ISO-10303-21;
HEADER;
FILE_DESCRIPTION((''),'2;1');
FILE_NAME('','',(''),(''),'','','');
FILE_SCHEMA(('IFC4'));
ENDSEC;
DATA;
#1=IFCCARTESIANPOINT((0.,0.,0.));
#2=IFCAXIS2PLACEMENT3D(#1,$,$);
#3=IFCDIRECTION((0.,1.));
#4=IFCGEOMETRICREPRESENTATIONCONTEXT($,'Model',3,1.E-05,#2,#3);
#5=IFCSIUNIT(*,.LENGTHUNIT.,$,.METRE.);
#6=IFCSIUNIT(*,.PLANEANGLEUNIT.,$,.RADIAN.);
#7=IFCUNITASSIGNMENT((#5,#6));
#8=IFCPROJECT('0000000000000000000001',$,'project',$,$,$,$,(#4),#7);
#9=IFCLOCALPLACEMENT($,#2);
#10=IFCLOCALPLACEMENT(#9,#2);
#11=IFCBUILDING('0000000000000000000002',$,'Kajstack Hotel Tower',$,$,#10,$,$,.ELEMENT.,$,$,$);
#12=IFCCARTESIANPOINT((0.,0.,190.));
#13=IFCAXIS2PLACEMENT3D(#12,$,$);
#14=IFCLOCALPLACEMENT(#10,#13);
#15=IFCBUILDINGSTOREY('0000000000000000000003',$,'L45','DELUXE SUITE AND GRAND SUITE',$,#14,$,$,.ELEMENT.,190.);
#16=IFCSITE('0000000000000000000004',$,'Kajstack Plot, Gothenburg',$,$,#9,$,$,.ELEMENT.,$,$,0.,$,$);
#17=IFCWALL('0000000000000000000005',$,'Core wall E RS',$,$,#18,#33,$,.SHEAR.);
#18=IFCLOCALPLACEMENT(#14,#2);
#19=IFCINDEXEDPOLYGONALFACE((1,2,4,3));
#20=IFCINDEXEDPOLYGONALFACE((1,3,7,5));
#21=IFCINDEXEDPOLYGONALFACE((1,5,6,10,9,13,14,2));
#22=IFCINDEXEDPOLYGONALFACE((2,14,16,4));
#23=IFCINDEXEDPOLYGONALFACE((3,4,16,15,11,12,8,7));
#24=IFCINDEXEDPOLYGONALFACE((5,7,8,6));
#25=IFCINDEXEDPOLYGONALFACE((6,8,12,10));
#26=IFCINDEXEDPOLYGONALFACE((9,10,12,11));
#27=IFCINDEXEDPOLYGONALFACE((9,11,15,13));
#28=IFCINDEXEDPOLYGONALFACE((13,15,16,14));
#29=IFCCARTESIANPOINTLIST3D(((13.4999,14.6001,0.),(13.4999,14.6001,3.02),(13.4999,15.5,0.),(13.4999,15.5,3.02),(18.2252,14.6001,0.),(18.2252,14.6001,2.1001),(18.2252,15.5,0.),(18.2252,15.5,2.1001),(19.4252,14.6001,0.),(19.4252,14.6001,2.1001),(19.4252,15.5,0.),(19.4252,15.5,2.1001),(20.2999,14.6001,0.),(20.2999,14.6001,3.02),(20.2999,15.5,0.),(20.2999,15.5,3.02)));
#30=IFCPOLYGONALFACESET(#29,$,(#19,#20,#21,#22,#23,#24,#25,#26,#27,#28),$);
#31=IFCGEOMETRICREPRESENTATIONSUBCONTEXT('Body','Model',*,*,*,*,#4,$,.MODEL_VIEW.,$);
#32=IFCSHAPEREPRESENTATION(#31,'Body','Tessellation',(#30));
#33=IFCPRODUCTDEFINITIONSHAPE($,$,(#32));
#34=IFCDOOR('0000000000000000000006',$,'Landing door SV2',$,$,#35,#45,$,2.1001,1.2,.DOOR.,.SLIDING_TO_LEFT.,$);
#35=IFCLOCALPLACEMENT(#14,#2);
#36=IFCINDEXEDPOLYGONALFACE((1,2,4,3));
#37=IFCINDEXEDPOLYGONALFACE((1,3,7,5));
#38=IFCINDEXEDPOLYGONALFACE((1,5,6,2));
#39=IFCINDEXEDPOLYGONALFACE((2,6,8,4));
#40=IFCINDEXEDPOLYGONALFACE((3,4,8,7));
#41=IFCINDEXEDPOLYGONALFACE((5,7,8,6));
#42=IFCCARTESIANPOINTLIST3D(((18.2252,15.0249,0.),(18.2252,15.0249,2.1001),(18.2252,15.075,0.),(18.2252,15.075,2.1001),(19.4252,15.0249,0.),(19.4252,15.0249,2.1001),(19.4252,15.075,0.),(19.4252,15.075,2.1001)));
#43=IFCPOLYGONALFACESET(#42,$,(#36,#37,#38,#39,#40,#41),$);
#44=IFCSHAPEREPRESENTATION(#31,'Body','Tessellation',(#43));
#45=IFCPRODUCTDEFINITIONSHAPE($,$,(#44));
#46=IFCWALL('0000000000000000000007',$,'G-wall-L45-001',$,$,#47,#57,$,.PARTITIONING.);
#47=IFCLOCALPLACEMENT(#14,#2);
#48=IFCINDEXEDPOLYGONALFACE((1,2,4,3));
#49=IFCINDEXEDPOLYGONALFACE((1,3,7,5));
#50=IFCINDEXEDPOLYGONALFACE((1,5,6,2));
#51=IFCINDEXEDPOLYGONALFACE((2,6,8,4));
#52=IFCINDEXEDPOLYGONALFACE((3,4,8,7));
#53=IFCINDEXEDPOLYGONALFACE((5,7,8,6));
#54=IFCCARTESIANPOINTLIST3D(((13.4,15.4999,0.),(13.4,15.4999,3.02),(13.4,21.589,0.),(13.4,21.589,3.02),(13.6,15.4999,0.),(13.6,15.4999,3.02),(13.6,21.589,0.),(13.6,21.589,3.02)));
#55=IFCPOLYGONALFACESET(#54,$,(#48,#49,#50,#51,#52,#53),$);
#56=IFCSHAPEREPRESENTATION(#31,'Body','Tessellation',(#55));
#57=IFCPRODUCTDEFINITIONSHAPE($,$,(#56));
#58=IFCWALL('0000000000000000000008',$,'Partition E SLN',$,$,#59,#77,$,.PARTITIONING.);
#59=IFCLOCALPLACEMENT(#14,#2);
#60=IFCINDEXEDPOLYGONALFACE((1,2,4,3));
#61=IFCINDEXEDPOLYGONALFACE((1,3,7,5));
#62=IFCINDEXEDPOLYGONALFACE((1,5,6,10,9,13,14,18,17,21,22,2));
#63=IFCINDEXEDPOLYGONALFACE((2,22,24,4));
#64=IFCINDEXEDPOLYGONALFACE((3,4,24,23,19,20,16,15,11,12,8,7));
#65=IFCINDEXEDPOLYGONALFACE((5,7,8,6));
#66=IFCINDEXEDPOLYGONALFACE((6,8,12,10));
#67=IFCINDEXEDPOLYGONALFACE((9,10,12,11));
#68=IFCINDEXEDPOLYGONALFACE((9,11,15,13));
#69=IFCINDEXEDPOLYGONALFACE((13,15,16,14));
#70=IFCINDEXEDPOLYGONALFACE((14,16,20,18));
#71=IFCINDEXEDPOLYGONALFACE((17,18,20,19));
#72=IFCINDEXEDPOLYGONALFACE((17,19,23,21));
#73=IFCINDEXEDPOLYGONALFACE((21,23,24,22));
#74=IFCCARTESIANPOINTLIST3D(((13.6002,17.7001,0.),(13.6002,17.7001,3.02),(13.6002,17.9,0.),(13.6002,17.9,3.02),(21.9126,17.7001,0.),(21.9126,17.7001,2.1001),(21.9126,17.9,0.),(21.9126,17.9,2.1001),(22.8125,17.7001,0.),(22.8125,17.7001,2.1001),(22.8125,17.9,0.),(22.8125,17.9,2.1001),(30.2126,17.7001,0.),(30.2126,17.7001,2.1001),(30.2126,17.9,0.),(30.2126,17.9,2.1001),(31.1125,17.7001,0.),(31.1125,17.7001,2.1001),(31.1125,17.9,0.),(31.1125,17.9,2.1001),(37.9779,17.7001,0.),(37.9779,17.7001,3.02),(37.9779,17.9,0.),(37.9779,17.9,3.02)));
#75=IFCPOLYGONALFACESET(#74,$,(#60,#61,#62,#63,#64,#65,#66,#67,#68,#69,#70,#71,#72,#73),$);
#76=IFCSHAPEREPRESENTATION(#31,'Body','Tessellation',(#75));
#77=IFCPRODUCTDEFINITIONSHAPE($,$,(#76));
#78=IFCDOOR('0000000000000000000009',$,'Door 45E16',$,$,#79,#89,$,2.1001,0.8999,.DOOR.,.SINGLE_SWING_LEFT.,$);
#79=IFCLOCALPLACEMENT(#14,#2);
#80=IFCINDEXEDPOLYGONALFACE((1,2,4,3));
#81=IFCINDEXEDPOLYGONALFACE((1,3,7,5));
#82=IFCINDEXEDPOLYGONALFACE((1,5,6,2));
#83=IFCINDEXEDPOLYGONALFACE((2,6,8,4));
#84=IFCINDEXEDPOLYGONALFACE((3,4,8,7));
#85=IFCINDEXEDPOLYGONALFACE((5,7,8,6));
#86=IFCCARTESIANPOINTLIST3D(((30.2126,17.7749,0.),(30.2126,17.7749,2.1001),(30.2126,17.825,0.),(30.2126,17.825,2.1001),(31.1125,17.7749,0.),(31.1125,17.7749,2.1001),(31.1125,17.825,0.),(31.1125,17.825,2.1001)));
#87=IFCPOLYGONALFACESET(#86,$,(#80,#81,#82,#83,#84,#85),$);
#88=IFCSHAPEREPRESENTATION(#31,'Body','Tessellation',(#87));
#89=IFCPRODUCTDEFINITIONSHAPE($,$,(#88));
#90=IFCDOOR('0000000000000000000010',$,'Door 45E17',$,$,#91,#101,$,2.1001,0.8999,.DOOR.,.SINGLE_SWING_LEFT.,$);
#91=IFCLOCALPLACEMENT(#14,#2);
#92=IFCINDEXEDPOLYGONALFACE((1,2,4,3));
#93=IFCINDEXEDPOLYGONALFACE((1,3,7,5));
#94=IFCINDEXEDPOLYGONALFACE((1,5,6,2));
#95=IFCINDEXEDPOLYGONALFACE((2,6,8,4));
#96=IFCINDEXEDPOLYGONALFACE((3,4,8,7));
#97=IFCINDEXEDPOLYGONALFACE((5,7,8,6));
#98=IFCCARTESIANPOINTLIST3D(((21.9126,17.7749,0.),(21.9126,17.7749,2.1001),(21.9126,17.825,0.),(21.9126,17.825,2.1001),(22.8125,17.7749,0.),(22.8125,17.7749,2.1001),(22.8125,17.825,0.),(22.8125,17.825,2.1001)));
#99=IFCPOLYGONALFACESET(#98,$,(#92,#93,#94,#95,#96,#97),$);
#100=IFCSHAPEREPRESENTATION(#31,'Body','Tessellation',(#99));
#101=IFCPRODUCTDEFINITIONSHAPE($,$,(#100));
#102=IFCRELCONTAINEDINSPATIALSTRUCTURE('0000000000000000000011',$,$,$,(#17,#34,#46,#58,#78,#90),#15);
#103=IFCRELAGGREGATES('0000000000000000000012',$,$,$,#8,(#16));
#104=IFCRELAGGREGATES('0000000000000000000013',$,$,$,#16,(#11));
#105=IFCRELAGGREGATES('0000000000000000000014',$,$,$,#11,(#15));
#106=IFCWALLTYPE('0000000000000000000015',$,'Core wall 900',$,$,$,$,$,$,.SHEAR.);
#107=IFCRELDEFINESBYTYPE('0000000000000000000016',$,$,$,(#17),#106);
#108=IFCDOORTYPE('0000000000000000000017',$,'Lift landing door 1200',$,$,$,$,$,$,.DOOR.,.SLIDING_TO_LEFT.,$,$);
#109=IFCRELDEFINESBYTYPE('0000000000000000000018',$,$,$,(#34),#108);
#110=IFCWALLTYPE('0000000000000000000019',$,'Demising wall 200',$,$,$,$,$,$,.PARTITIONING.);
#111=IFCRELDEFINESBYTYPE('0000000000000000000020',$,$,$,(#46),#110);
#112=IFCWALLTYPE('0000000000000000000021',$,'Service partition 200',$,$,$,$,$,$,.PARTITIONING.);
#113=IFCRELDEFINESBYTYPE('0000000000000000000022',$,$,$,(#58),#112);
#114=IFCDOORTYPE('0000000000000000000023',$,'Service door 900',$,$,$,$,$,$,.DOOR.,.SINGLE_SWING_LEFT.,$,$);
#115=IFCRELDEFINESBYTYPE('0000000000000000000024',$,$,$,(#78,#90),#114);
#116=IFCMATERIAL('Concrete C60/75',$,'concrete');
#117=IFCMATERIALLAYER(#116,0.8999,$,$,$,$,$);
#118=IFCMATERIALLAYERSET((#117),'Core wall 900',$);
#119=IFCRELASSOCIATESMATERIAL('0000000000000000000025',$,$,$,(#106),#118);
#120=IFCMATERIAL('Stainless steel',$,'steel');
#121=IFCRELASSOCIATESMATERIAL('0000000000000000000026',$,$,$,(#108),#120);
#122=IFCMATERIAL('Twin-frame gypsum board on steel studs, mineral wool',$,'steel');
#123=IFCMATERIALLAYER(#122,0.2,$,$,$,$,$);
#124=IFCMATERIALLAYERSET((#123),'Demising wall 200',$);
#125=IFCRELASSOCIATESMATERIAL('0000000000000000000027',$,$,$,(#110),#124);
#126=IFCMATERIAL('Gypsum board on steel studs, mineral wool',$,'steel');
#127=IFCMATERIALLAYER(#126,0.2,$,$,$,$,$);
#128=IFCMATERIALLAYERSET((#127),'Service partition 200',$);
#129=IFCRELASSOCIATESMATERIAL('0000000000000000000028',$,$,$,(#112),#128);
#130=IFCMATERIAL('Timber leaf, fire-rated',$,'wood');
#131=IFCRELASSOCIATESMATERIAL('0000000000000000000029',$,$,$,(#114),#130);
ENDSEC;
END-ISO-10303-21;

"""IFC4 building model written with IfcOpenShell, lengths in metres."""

from ifc_helpers import new_model, si_unit, direction, frame, frame_2d, origin, place, context, subcontext, project, spatial, rectangle, extrude, material, layer, layer_set, type_object, element, fill, save


model = new_model("IFC4")

# Units and contexts
model_context = context("Model", 3, precision=1e-05, world=origin(), true_north=direction((0.0, 1.0)))
body_context = subcontext(model_context, "Body", "Model", "MODEL_VIEW")
ifc_project = project(units=[si_unit("LENGTHUNIT", "METRE"), si_unit("PLANEANGLEUNIT", "RADIAN")], contexts=[model_context])

# Site, building, storey
site_placement = place(None, origin())
site = spatial("IfcSite", under=ifc_project, at=site_placement, Name="Kajstack Plot, Gothenburg", CompositionType="ELEMENT", RefElevation=0.0)
building_placement = place(site_placement, origin())
building = spatial("IfcBuilding", under=site, at=building_placement, Name="Kajstack Hotel Tower", CompositionType="ELEMENT")
storey_placement = place(building_placement, frame((0.0, 0.0, 190.0)))
storey = spatial("IfcBuildingStorey", under=building, at=storey_placement, Name="L45", Description="DELUXE SUITE AND GRAND SUITE", CompositionType="ELEMENT", Elevation=190.0)

# Wall, opening, door
ifc_material_1 = material(Name="Concrete C60/75", Category="concrete")
ifc_layer_1 = layer(ifc_material_1, 0.8999)
ifc_layer_set_1 = layer_set([ifc_layer_1], Name="Core wall 900")
wall_type_1 = type_object("IfcWallType", Name="Core wall 900", PredefinedType="SHEAR", material=ifc_layer_set_1)
wall_1_placement = place(storey_placement, frame((13.5, 15.05, 0.0), z_axis=(0.0, 0.0, 1.0), x_axis=(1.0, 0.0, 0.0)))
wall_1 = element("IfcWall", 1, at=wall_1_placement, inside=storey, type_object=wall_type_1, Name="Core wall E RS", PredefinedType="SHEAR", context=body_context, shape_type="SweptSolid", body=[
    extrude(rectangle(XDim=6.8, YDim=0.8999, at=frame_2d((3.3999, 0.0))), origin(), (0.0, 0.0, 1.0), 3.02),
])
opening_1_placement = place(wall_1_placement, frame((4.7251, 0.0, 0.0)))
opening_1 = element("IfcOpeningElement", 2, at=opening_1_placement, cuts=wall_1, PredefinedType="OPENING", context=body_context, shape_type="SweptSolid", body=[
    extrude(rectangle(XDim=1.2, YDim=2.1001, at=frame_2d((0.6001, 1.05))), frame((0.0, 0.46, 0.0), z_axis=(0.0, -1.0, 0.0), x_axis=(1.0, 0.0, 0.0)), (0.0, 0.0, 1.0), 0.9199),
])
ifc_material_2 = material(Name="Stainless steel", Category="steel")
door_type_1 = type_object("IfcDoorType", Name="Lift landing door 1200", OperationType="SLIDING_TO_LEFT", PredefinedType="DOOR", material=ifc_material_2)
door_1_placement = place(opening_1_placement, origin())
door_1 = element("IfcDoor", 3, at=door_1_placement, inside=storey, type_object=door_type_1, Name="Landing door SV2", OperationType="SLIDING_TO_LEFT", OverallHeight=2.1001, OverallWidth=1.2, PredefinedType="DOOR", context=body_context, shape_type="SweptSolid", body=[
    extrude(rectangle(XDim=1.2, YDim=2.1001, at=frame_2d((0.6001, 1.05))), frame((0.0, 0.0249, 0.0), z_axis=(0.0, -1.0, 0.0), x_axis=(1.0, 0.0, 0.0)), (0.0, 0.0, 1.0), 0.05),
])
fill(opening_1, door_1)

# Wall
ifc_material_3 = material(Name="Twin-frame gypsum board on steel studs, mineral wool", Category="steel")
ifc_layer_2 = layer(ifc_material_3, 0.2)
ifc_layer_set_2 = layer_set([ifc_layer_2], Name="Demising wall 200")
wall_type_2 = type_object("IfcWallType", Name="Demising wall 200", PredefinedType="PARTITIONING", material=ifc_layer_set_2)
wall_2_placement = place(storey_placement, frame((13.5, 15.5, 0.0), z_axis=(0.0, 0.0, 1.0), x_axis=(0.0, 1.0, 0.0)))
element("IfcWall", 4, at=wall_2_placement, inside=storey, type_object=wall_type_2, Name="G-wall-L45-001", PredefinedType="PARTITIONING", context=body_context, shape_type="SweptSolid", body=[
    extrude(rectangle(XDim=6.0891, YDim=0.2, at=frame_2d((3.0444, 0.0))), origin(), (0.0, 0.0, 1.0), 3.02),
])

# Wall, openings, doors
ifc_material_4 = material(Name="Gypsum board on steel studs, mineral wool", Category="steel")
ifc_layer_3 = layer(ifc_material_4, 0.2)
ifc_layer_set_3 = layer_set([ifc_layer_3], Name="Service partition 200")
wall_type_3 = type_object("IfcWallType", Name="Service partition 200", PredefinedType="PARTITIONING", material=ifc_layer_set_3)
wall_3_placement = place(storey_placement, frame((13.6001, 17.8, 0.0), z_axis=(0.0, 0.0, 1.0), x_axis=(1.0, 0.0, 0.0)))
wall_3 = element("IfcWall", 5, at=wall_3_placement, inside=storey, type_object=wall_type_3, Name="Partition E SLN", PredefinedType="PARTITIONING", context=body_context, shape_type="SweptSolid", body=[
    extrude(rectangle(XDim=24.3777, YDim=0.2, at=frame_2d((12.189, 0.0))), origin(), (0.0, 0.0, 1.0), 3.02),
])
opening_2_placement = place(wall_3_placement, frame((16.6125, 0.0, 0.0)))
opening_2 = element("IfcOpeningElement", 6, at=opening_2_placement, cuts=wall_3, PredefinedType="OPENING", context=body_context, shape_type="SweptSolid", body=[
    extrude(rectangle(XDim=0.8999, YDim=2.1001, at=frame_2d((0.45, 1.05))), frame((0.0, 0.1099, 0.0), z_axis=(0.0, -1.0, 0.0), x_axis=(1.0, 0.0, 0.0)), (0.0, 0.0, 1.0), 0.22),
])
opening_3_placement = place(wall_3_placement, frame((8.3125, 0.0, 0.0)))
opening_3 = element("IfcOpeningElement", 7, at=opening_3_placement, cuts=wall_3, PredefinedType="OPENING", context=body_context, shape_type="SweptSolid", body=[
    extrude(rectangle(XDim=0.8999, YDim=2.1001, at=frame_2d((0.45, 1.05))), frame((0.0, 0.1099, 0.0), z_axis=(0.0, -1.0, 0.0), x_axis=(1.0, 0.0, 0.0)), (0.0, 0.0, 1.0), 0.22),
])
ifc_material_5 = material(Name="Timber leaf, fire-rated", Category="wood")
door_type_2 = type_object("IfcDoorType", Name="Service door 900", OperationType="SINGLE_SWING_LEFT", PredefinedType="DOOR", material=ifc_material_5)
door_2_placement = place(opening_2_placement, origin())
door_2 = element("IfcDoor", 8, at=door_2_placement, inside=storey, type_object=door_type_2, Name="Door 45E16", OperationType="SINGLE_SWING_LEFT", OverallHeight=2.1001, OverallWidth=0.8999, PredefinedType="DOOR", context=body_context, shape_type="SweptSolid", body=[
    extrude(rectangle(XDim=0.8999, YDim=2.1001, at=frame_2d((0.45, 1.05))), frame((0.0, 0.0249, 0.0), z_axis=(0.0, -1.0, 0.0), x_axis=(1.0, 0.0, 0.0)), (0.0, 0.0, 1.0), 0.05),
])
fill(opening_2, door_2)
door_3_placement = place(opening_3_placement, origin())
door_3 = element("IfcDoor", 9, at=door_3_placement, inside=storey, type_object=door_type_2, Name="Door 45E17", OperationType="SINGLE_SWING_LEFT", OverallHeight=2.1001, OverallWidth=0.8999, PredefinedType="DOOR", context=body_context, shape_type="SweptSolid", body=[
    extrude(rectangle(XDim=0.8999, YDim=2.1001, at=frame_2d((0.45, 1.05))), frame((0.0, 0.0249, 0.0), z_axis=(0.0, -1.0, 0.0), x_axis=(1.0, 0.0, 0.0)), (0.0, 0.0, 1.0), 0.05),
])
fill(opening_3, door_3)

save(model, "model.ifc")
